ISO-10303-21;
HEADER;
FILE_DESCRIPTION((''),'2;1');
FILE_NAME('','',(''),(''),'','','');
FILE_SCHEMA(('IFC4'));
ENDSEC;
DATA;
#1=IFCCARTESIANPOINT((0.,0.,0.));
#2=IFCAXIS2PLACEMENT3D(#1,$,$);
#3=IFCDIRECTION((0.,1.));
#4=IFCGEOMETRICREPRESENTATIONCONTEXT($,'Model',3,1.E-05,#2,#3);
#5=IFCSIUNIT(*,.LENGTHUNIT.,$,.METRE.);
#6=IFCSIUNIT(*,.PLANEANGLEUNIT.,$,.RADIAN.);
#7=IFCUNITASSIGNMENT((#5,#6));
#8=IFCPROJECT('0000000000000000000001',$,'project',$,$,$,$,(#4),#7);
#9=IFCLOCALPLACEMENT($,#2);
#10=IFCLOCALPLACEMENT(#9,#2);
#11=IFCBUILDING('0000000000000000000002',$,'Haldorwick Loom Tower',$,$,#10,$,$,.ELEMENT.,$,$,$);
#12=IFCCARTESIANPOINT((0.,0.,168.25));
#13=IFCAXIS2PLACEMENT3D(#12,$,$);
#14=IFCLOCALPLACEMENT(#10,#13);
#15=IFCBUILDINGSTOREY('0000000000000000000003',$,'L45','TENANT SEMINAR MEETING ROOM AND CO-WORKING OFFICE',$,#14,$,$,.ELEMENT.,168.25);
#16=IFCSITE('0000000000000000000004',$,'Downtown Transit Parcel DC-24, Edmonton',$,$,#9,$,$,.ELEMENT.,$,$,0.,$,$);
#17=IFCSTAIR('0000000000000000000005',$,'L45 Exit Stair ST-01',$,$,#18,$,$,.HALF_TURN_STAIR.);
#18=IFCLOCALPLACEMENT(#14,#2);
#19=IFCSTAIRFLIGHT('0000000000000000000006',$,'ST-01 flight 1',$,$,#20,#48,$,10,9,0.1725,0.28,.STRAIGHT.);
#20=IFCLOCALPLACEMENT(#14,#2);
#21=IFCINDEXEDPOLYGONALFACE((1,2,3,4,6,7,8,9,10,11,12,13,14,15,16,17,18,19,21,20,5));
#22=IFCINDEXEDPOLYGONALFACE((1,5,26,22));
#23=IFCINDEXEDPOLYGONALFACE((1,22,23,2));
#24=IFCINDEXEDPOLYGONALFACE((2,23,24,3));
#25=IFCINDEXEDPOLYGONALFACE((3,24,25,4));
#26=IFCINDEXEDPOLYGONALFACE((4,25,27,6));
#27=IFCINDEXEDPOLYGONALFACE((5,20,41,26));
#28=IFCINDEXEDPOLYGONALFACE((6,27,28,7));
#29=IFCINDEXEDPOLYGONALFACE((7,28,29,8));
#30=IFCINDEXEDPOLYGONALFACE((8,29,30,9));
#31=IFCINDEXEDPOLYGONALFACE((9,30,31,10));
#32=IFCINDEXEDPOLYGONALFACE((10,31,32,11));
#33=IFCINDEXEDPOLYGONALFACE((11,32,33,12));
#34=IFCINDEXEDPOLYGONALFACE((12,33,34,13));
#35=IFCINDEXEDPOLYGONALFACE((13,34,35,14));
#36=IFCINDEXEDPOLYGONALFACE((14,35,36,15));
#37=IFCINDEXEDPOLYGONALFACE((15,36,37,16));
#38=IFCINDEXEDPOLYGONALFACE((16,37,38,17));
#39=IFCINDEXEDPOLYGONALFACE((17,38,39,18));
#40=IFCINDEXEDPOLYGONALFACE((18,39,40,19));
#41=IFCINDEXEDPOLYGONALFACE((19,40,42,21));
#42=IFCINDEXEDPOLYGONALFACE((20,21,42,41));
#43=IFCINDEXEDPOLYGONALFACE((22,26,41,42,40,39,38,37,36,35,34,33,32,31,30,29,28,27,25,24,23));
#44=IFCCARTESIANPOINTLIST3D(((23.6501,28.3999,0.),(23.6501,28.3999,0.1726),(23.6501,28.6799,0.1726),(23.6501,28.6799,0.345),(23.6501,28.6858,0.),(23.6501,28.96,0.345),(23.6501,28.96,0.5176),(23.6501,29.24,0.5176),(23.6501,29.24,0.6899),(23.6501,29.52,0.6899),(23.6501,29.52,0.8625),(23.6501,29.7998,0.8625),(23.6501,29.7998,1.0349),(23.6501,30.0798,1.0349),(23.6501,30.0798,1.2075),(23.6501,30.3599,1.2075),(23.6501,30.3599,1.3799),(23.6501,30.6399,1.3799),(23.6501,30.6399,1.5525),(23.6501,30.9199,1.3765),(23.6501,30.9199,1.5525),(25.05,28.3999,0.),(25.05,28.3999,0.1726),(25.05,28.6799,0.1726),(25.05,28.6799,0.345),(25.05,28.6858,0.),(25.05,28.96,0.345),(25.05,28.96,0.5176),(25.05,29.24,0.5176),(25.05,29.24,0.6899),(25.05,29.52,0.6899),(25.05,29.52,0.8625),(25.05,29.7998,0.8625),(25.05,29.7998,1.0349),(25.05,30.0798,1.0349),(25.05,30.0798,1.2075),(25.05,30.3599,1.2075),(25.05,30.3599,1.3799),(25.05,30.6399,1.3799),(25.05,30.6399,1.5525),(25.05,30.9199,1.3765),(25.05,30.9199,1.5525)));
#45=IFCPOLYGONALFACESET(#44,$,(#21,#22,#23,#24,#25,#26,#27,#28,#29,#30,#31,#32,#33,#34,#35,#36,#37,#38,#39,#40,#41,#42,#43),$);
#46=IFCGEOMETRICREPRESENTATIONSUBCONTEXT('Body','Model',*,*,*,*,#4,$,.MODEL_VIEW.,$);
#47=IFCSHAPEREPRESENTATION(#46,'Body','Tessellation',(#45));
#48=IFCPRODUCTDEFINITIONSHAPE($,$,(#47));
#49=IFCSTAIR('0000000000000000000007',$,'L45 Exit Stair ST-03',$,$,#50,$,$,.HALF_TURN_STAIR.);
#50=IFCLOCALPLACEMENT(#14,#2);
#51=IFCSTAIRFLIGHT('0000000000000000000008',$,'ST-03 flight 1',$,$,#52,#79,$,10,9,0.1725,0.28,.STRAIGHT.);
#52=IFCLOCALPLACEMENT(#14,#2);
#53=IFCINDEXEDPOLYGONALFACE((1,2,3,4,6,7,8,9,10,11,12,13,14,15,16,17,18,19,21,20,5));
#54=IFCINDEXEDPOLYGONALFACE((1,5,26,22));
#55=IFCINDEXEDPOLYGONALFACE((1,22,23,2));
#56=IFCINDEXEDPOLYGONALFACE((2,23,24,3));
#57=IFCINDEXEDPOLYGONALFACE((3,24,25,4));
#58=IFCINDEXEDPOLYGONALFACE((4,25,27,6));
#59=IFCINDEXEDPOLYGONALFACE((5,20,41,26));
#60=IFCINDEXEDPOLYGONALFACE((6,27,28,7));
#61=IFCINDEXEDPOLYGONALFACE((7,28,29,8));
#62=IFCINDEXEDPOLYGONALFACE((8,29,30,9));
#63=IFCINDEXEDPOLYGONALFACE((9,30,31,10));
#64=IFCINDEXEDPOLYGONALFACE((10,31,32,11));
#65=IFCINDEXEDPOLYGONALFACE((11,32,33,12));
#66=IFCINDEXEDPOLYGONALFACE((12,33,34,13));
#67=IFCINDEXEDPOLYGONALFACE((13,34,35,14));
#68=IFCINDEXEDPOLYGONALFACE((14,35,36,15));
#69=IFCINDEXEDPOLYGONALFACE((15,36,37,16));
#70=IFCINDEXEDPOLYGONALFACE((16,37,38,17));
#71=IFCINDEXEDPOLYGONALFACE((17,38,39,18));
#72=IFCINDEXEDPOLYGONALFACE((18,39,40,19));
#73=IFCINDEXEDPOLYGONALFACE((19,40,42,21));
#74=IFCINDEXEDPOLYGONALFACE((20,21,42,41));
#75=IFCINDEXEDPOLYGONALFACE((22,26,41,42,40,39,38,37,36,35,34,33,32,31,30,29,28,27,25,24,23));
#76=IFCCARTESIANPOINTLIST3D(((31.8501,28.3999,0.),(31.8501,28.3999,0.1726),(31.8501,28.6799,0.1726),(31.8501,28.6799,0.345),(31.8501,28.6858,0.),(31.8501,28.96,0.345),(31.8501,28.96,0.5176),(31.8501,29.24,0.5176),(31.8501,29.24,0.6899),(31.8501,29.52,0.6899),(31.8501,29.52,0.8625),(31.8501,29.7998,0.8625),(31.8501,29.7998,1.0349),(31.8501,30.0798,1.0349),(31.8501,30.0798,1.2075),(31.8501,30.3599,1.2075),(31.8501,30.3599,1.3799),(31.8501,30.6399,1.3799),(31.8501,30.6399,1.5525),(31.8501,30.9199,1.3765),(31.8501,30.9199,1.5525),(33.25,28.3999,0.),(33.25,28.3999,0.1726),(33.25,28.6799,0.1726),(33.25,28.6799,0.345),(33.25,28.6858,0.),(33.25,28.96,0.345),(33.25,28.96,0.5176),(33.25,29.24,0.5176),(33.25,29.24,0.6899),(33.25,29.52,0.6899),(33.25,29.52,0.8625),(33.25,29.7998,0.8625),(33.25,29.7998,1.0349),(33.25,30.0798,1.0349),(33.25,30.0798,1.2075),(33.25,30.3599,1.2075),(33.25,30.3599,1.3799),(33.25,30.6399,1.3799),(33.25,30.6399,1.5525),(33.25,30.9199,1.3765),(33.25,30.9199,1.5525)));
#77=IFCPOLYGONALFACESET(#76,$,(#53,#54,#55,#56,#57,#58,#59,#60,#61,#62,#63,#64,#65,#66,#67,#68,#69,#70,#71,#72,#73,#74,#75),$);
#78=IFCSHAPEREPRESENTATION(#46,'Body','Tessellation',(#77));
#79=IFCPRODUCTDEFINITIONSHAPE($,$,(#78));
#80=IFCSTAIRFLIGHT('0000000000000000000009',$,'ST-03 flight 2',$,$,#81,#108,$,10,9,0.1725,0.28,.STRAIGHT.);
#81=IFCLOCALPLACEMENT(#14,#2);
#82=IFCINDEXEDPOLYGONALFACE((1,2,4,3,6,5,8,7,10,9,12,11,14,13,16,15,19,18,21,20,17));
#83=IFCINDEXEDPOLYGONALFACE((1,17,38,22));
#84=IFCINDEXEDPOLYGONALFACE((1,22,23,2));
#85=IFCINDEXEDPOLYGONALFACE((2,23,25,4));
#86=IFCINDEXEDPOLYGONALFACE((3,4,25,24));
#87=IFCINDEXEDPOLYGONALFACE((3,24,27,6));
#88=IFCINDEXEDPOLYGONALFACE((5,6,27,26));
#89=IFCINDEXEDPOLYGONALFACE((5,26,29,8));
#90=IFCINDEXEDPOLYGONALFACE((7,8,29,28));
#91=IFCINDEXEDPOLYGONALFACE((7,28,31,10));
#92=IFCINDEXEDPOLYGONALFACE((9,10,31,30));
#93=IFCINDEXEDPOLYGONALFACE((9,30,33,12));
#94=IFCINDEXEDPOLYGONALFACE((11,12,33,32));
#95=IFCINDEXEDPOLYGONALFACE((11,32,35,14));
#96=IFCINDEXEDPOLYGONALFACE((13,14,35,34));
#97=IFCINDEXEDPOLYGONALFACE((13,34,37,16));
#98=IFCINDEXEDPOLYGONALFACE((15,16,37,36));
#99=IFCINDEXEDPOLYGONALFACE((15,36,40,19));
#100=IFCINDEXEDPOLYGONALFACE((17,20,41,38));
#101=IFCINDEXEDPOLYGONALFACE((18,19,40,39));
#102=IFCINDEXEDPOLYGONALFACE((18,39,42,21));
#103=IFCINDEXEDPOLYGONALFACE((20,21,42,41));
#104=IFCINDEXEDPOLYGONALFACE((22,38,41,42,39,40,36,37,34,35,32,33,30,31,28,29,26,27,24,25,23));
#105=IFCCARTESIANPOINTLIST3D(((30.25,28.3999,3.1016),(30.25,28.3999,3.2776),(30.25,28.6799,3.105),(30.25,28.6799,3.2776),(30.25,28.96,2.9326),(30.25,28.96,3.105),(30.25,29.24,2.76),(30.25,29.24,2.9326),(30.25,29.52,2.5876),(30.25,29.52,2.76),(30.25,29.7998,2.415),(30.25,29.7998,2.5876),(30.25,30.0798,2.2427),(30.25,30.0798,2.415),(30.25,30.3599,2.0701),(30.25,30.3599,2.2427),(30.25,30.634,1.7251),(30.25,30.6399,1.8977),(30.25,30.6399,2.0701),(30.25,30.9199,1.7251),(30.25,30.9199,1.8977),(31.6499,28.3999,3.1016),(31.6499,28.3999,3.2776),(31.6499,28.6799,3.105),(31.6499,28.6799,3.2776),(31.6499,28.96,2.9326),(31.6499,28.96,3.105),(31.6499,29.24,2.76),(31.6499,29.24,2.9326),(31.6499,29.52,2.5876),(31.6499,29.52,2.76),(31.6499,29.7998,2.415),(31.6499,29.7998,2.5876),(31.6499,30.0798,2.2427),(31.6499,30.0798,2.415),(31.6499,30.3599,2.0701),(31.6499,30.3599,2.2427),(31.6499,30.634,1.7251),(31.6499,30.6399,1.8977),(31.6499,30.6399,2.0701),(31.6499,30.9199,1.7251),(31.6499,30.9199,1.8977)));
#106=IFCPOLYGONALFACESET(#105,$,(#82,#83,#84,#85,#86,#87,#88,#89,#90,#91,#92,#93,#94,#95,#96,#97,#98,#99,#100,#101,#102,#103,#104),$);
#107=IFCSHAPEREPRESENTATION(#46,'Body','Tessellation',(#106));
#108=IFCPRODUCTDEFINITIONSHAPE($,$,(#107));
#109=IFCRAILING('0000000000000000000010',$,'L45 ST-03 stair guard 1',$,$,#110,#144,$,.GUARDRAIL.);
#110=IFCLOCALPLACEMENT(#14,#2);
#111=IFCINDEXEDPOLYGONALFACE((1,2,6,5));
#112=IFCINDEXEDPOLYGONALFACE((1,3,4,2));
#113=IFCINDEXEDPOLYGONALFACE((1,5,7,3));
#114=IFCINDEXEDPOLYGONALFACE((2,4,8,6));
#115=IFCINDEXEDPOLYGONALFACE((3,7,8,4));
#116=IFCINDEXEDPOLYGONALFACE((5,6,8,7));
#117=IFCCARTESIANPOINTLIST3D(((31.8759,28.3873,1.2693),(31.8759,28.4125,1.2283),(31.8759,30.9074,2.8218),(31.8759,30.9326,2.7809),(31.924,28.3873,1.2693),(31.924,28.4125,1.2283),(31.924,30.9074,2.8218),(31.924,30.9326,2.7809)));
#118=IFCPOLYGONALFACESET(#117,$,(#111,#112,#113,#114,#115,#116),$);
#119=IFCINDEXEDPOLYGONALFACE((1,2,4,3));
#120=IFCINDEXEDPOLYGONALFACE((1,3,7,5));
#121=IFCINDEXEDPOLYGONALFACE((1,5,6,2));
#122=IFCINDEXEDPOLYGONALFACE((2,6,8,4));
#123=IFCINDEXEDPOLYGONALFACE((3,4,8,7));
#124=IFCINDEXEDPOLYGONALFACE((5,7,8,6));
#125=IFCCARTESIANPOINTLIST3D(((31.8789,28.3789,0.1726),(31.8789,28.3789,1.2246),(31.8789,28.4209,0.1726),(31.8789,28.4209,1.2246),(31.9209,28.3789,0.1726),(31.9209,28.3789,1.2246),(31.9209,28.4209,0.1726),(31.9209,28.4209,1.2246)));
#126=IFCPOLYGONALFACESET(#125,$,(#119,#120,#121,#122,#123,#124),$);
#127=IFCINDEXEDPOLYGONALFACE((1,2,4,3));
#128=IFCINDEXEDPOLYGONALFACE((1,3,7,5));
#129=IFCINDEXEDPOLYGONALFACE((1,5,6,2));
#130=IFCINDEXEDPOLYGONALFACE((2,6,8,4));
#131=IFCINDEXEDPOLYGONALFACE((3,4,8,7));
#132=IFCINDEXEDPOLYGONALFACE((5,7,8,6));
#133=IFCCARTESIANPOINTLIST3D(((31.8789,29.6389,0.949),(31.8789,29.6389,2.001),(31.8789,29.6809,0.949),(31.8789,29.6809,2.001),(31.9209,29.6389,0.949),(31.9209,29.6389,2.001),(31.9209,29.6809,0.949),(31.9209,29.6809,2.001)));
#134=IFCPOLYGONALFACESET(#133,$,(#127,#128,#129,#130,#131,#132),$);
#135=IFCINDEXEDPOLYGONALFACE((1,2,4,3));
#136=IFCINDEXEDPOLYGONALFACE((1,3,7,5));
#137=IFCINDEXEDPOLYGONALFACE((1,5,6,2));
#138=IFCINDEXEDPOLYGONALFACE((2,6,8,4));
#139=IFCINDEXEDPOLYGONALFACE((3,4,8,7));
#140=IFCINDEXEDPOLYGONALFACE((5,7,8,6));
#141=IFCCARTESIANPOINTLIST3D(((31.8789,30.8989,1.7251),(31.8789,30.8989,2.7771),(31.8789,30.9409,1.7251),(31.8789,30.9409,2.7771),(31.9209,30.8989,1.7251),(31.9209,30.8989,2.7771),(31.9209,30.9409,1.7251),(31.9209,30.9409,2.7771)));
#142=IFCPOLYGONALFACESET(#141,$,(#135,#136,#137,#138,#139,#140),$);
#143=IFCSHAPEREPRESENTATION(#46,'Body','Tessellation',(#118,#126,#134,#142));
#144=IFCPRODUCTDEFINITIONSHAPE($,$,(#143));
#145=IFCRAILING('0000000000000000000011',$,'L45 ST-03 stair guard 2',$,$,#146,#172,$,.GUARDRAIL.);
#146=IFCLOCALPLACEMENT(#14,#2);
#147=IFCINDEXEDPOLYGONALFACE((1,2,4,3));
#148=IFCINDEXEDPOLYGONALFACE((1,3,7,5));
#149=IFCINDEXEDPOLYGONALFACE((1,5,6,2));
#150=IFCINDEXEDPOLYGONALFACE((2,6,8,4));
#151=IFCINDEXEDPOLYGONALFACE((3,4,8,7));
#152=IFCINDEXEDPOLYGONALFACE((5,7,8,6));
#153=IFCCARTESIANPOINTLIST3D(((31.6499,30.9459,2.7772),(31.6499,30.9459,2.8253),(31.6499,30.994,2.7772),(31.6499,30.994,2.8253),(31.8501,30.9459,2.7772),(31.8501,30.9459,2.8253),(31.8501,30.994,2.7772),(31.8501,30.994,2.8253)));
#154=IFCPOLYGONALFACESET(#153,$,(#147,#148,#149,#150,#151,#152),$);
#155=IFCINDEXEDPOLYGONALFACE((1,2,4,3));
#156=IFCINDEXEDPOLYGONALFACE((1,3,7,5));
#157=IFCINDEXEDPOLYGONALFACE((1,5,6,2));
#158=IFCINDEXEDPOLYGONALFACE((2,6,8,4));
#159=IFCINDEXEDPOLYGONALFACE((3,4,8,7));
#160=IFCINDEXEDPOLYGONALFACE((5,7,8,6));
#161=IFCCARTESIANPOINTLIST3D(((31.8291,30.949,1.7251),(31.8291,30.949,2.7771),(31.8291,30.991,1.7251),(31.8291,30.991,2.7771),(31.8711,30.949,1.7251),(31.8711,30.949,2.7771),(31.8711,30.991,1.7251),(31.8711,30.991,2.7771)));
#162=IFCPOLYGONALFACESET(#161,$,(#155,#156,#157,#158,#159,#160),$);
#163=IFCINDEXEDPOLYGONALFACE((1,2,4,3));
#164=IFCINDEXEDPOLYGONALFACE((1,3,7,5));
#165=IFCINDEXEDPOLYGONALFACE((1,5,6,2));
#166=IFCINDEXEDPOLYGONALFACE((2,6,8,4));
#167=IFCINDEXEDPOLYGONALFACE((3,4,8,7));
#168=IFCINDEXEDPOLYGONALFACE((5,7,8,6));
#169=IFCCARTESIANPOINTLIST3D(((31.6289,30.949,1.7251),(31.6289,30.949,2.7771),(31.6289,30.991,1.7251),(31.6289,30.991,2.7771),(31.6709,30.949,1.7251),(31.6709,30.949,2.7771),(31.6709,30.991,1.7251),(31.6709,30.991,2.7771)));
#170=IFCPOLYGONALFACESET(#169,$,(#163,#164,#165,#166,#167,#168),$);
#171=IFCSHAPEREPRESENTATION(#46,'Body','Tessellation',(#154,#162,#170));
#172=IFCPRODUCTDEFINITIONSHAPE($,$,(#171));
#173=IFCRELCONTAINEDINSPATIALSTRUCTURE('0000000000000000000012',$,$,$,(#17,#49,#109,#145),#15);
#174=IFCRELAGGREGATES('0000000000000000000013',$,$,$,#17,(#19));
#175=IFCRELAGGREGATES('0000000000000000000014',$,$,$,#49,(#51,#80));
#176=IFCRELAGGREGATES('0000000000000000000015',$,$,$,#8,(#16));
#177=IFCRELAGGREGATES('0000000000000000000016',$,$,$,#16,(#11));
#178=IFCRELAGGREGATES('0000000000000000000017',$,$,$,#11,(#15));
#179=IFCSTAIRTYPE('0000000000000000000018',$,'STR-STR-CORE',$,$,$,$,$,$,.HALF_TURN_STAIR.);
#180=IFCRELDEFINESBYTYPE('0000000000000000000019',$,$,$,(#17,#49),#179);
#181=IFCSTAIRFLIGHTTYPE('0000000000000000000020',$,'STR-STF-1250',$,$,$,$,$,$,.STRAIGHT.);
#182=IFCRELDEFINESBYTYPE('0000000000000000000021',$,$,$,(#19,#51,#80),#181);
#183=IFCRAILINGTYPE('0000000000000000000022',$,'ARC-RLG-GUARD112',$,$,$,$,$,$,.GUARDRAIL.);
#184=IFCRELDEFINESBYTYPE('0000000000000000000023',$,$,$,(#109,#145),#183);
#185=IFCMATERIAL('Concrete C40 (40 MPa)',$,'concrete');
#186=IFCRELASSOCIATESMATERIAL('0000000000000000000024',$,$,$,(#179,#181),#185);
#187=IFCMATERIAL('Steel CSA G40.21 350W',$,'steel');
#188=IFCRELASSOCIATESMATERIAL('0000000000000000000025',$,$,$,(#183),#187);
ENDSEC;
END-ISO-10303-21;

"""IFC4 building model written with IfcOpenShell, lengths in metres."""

from ifc_helpers import new_model, si_unit, direction, frame, origin, origin_2d, place, context, subcontext, project, spatial, polyline, rectangle, outline, extrude, material, type_object, element, aggregate, save


model = new_model("IFC4")

# Units and contexts
model_context = context("Model", 3, precision=1e-05, world=origin(), true_north=direction((0.0, 1.0)))
body_context = subcontext(model_context, "Body", "Model", "MODEL_VIEW")
ifc_project = project(units=[si_unit("LENGTHUNIT", "METRE"), si_unit("PLANEANGLEUNIT", "RADIAN")], contexts=[model_context])

# Site, building, storey
site_placement = place(None, origin())
site = spatial("IfcSite", under=ifc_project, at=site_placement, Name="Downtown Transit Parcel DC-24, Edmonton", CompositionType="ELEMENT", RefElevation=0.0)
building_placement = place(site_placement, origin())
building = spatial("IfcBuilding", under=site, at=building_placement, Name="Haldorwick Loom Tower", CompositionType="ELEMENT")
storey_placement = place(building_placement, frame((0.0, 0.0, 168.25)))
storey = spatial("IfcBuildingStorey", under=building, at=storey_placement, Name="L45", Description="TENANT SEMINAR MEETING ROOM AND CO-WORKING OFFICE", CompositionType="ELEMENT", Elevation=168.25)

# Shared definitions
ifc_material_1 = material(Name="Steel CSA G40.21 350W", Category="steel")

# Stair, stair flight
ifc_material_2 = material(Name="Concrete C40 (40 MPa)", Category="concrete")
stair_type = type_object("IfcStairType", Name="STR-STR-CORE", PredefinedType="HALF_TURN_STAIR", material=ifc_material_2)
stair_1_placement = place(storey_placement, origin())
stair_1 = element("IfcStair", 1, at=stair_1_placement, inside=storey, type_object=stair_type, Name="L45 Exit Stair ST-01", PredefinedType="HALF_TURN_STAIR")
stair_flight_type = type_object("IfcStairFlightType", Name="STR-STF-1250", PredefinedType="STRAIGHT", material=ifc_material_2)
stair_flight_1_placement = place(storey_placement, frame((24.3501, 28.3999, 0.0), z_axis=(0.0, 0.0, 1.0), x_axis=(0.0, 1.0, 0.0)))
stair_flight_1 = element("IfcStairFlight", 2, at=stair_flight_1_placement, type_object=stair_flight_type, Name="ST-01 flight 1", NumberOfRisers=10, NumberOfTreads=9, PredefinedType="STRAIGHT", RiserHeight=0.1725, TreadLength=0.28, context=body_context, shape_type="SweptSolid", body=[
    extrude(outline(polyline([(0.0, 0.0), (0.0, 0.1726), (0.28, 0.1726), (0.28, 0.345), (0.5601, 0.345), (0.5601, 0.5176), (0.8401, 0.5176), (0.8401, 0.6899), (1.1201, 0.6899), (1.1201, 0.8625), (1.3999, 0.8625), (1.3999, 1.0349), (1.6799, 1.0349), (1.6799, 1.2075), (1.96, 1.2075), (1.96, 1.3799), (2.24, 1.3799), (2.24, 1.5525), (2.52, 1.5525), (2.52, 1.7251), (2.52, 1.3765), (0.2859, 0.0), (0.0, 0.0)])), frame((0.0, 0.7, 0.0), z_axis=(0.0, -1.0, 0.0), x_axis=(1.0, 0.0, 0.0)), (0.0, 0.0, 1.0), 1.3999),
])
aggregate(stair_1, [stair_flight_1])

# Stair, stair flights
stair_2_placement = place(storey_placement, origin())
stair_2 = element("IfcStair", 3, at=stair_2_placement, inside=storey, type_object=stair_type, Name="L45 Exit Stair ST-03", PredefinedType="HALF_TURN_STAIR")
stair_flight_2_placement = place(storey_placement, frame((32.55, 28.3999, 0.0), z_axis=(0.0, 0.0, 1.0), x_axis=(0.0, 1.0, 0.0)))
stair_flight_2 = element("IfcStairFlight", 4, at=stair_flight_2_placement, type_object=stair_flight_type, Name="ST-03 flight 1", NumberOfRisers=10, NumberOfTreads=9, PredefinedType="STRAIGHT", RiserHeight=0.1725, TreadLength=0.28, context=body_context, shape_type="SweptSolid", body=[
    extrude(outline(polyline([(0.0, 0.0), (0.0, 0.1726), (0.28, 0.1726), (0.28, 0.345), (0.5601, 0.345), (0.5601, 0.5176), (0.8401, 0.5176), (0.8401, 0.6899), (1.1201, 0.6899), (1.1201, 0.8625), (1.3999, 0.8625), (1.3999, 1.0349), (1.6799, 1.0349), (1.6799, 1.2075), (1.96, 1.2075), (1.96, 1.3799), (2.24, 1.3799), (2.24, 1.5525), (2.52, 1.5525), (2.52, 1.7251), (2.52, 1.3765), (0.2859, 0.0), (0.0, 0.0)])), frame((0.0, 0.7, 0.0), z_axis=(0.0, -1.0, 0.0), x_axis=(1.0, 0.0, 0.0)), (0.0, 0.0, 1.0), 1.3999),
])
stair_flight_3_placement = place(storey_placement, frame((30.95, 30.9199, 1.7251), z_axis=(0.0, 0.0, 1.0), x_axis=(0.0, -1.0, 0.0)))
stair_flight_3 = element("IfcStairFlight", 5, at=stair_flight_3_placement, type_object=stair_flight_type, Name="ST-03 flight 2", NumberOfRisers=10, NumberOfTreads=9, PredefinedType="STRAIGHT", RiserHeight=0.1725, TreadLength=0.28, context=body_context, shape_type="SweptSolid", body=[
    extrude(outline(polyline([(0.0, 0.0), (0.0, 0.1726), (0.28, 0.1726), (0.28, 0.345), (0.5601, 0.345), (0.5601, 0.5176), (0.8401, 0.5176), (0.8401, 0.6899), (1.1201, 0.6899), (1.1201, 0.8625), (1.3999, 0.8625), (1.3999, 1.0349), (1.6799, 1.0349), (1.6799, 1.2075), (1.96, 1.2075), (1.96, 1.3799), (2.24, 1.3799), (2.24, 1.5525), (2.52, 1.5525), (2.52, 1.7251), (2.52, 1.3765), (0.2859, 0.0), (0.0, 0.0)])), frame((0.0, 0.7, 0.0), z_axis=(0.0, -1.0, 0.0), x_axis=(1.0, 0.0, 0.0)), (0.0, 0.0, 1.0), 1.3999),
])
aggregate(stair_2, [stair_flight_2, stair_flight_3])

# Railings
railing_type_1 = type_object("IfcRailingType", Name="ARC-RLG-GUARD112", PredefinedType="GUARDRAIL", material=ifc_material_1)
railing_1_placement = place(storey_placement, frame((31.8999, 28.3999, 0.1726)))
element("IfcRailing", 6, at=railing_1_placement, inside=storey, type_object=railing_type_1, Name="L45 ST-03 stair guard 1", PredefinedType="GUARDRAIL", context=body_context, shape_type="SweptSolid", body=[
    extrude(rectangle(XDim=0.0481, YDim=0.0481, at=origin_2d()), frame((0.0, 0.0, 1.0762), z_axis=(0.0, 0.8514, 0.524516), x_axis=(-1.0, 0.0, 0.0)), (0.0, 0.0, 1.0), 2.96),
    extrude(rectangle(XDim=0.042, YDim=0.042, at=origin_2d()), origin(), (0.0, 0.0, 1.0), 1.052),
    extrude(rectangle(XDim=0.042, YDim=0.042, at=origin_2d()), frame((0.0, 1.26, 0.7764)), (0.0, 0.0, 1.0), 1.052),
    extrude(rectangle(XDim=0.042, YDim=0.042, at=origin_2d()), frame((0.0, 2.52, 1.5525)), (0.0, 0.0, 1.0), 1.052),
])
railing_2_placement = place(storey_placement, frame((31.8501, 30.97, 1.7251)))
element("IfcRailing", 7, at=railing_2_placement, inside=storey, type_object=railing_type_1, Name="L45 ST-03 stair guard 2", PredefinedType="GUARDRAIL", context=body_context, shape_type="SweptSolid", body=[
    extrude(rectangle(XDim=0.0481, YDim=0.0481, at=origin_2d()), frame((0.0, 0.0, 1.0762), z_axis=(-1.0, 0.0, 0.0), x_axis=(0.0, -1.0, 0.0)), (0.0, 0.0, 1.0), 0.2002),
    extrude(rectangle(XDim=0.042, YDim=0.042, at=origin_2d()), origin(), (0.0, 0.0, 1.0), 1.052),
    extrude(rectangle(XDim=0.042, YDim=0.042, at=origin_2d()), frame((-0.2002, 0.0, 0.0)), (0.0, 0.0, 1.0), 1.052),
])

save(model, "model.ifc")
